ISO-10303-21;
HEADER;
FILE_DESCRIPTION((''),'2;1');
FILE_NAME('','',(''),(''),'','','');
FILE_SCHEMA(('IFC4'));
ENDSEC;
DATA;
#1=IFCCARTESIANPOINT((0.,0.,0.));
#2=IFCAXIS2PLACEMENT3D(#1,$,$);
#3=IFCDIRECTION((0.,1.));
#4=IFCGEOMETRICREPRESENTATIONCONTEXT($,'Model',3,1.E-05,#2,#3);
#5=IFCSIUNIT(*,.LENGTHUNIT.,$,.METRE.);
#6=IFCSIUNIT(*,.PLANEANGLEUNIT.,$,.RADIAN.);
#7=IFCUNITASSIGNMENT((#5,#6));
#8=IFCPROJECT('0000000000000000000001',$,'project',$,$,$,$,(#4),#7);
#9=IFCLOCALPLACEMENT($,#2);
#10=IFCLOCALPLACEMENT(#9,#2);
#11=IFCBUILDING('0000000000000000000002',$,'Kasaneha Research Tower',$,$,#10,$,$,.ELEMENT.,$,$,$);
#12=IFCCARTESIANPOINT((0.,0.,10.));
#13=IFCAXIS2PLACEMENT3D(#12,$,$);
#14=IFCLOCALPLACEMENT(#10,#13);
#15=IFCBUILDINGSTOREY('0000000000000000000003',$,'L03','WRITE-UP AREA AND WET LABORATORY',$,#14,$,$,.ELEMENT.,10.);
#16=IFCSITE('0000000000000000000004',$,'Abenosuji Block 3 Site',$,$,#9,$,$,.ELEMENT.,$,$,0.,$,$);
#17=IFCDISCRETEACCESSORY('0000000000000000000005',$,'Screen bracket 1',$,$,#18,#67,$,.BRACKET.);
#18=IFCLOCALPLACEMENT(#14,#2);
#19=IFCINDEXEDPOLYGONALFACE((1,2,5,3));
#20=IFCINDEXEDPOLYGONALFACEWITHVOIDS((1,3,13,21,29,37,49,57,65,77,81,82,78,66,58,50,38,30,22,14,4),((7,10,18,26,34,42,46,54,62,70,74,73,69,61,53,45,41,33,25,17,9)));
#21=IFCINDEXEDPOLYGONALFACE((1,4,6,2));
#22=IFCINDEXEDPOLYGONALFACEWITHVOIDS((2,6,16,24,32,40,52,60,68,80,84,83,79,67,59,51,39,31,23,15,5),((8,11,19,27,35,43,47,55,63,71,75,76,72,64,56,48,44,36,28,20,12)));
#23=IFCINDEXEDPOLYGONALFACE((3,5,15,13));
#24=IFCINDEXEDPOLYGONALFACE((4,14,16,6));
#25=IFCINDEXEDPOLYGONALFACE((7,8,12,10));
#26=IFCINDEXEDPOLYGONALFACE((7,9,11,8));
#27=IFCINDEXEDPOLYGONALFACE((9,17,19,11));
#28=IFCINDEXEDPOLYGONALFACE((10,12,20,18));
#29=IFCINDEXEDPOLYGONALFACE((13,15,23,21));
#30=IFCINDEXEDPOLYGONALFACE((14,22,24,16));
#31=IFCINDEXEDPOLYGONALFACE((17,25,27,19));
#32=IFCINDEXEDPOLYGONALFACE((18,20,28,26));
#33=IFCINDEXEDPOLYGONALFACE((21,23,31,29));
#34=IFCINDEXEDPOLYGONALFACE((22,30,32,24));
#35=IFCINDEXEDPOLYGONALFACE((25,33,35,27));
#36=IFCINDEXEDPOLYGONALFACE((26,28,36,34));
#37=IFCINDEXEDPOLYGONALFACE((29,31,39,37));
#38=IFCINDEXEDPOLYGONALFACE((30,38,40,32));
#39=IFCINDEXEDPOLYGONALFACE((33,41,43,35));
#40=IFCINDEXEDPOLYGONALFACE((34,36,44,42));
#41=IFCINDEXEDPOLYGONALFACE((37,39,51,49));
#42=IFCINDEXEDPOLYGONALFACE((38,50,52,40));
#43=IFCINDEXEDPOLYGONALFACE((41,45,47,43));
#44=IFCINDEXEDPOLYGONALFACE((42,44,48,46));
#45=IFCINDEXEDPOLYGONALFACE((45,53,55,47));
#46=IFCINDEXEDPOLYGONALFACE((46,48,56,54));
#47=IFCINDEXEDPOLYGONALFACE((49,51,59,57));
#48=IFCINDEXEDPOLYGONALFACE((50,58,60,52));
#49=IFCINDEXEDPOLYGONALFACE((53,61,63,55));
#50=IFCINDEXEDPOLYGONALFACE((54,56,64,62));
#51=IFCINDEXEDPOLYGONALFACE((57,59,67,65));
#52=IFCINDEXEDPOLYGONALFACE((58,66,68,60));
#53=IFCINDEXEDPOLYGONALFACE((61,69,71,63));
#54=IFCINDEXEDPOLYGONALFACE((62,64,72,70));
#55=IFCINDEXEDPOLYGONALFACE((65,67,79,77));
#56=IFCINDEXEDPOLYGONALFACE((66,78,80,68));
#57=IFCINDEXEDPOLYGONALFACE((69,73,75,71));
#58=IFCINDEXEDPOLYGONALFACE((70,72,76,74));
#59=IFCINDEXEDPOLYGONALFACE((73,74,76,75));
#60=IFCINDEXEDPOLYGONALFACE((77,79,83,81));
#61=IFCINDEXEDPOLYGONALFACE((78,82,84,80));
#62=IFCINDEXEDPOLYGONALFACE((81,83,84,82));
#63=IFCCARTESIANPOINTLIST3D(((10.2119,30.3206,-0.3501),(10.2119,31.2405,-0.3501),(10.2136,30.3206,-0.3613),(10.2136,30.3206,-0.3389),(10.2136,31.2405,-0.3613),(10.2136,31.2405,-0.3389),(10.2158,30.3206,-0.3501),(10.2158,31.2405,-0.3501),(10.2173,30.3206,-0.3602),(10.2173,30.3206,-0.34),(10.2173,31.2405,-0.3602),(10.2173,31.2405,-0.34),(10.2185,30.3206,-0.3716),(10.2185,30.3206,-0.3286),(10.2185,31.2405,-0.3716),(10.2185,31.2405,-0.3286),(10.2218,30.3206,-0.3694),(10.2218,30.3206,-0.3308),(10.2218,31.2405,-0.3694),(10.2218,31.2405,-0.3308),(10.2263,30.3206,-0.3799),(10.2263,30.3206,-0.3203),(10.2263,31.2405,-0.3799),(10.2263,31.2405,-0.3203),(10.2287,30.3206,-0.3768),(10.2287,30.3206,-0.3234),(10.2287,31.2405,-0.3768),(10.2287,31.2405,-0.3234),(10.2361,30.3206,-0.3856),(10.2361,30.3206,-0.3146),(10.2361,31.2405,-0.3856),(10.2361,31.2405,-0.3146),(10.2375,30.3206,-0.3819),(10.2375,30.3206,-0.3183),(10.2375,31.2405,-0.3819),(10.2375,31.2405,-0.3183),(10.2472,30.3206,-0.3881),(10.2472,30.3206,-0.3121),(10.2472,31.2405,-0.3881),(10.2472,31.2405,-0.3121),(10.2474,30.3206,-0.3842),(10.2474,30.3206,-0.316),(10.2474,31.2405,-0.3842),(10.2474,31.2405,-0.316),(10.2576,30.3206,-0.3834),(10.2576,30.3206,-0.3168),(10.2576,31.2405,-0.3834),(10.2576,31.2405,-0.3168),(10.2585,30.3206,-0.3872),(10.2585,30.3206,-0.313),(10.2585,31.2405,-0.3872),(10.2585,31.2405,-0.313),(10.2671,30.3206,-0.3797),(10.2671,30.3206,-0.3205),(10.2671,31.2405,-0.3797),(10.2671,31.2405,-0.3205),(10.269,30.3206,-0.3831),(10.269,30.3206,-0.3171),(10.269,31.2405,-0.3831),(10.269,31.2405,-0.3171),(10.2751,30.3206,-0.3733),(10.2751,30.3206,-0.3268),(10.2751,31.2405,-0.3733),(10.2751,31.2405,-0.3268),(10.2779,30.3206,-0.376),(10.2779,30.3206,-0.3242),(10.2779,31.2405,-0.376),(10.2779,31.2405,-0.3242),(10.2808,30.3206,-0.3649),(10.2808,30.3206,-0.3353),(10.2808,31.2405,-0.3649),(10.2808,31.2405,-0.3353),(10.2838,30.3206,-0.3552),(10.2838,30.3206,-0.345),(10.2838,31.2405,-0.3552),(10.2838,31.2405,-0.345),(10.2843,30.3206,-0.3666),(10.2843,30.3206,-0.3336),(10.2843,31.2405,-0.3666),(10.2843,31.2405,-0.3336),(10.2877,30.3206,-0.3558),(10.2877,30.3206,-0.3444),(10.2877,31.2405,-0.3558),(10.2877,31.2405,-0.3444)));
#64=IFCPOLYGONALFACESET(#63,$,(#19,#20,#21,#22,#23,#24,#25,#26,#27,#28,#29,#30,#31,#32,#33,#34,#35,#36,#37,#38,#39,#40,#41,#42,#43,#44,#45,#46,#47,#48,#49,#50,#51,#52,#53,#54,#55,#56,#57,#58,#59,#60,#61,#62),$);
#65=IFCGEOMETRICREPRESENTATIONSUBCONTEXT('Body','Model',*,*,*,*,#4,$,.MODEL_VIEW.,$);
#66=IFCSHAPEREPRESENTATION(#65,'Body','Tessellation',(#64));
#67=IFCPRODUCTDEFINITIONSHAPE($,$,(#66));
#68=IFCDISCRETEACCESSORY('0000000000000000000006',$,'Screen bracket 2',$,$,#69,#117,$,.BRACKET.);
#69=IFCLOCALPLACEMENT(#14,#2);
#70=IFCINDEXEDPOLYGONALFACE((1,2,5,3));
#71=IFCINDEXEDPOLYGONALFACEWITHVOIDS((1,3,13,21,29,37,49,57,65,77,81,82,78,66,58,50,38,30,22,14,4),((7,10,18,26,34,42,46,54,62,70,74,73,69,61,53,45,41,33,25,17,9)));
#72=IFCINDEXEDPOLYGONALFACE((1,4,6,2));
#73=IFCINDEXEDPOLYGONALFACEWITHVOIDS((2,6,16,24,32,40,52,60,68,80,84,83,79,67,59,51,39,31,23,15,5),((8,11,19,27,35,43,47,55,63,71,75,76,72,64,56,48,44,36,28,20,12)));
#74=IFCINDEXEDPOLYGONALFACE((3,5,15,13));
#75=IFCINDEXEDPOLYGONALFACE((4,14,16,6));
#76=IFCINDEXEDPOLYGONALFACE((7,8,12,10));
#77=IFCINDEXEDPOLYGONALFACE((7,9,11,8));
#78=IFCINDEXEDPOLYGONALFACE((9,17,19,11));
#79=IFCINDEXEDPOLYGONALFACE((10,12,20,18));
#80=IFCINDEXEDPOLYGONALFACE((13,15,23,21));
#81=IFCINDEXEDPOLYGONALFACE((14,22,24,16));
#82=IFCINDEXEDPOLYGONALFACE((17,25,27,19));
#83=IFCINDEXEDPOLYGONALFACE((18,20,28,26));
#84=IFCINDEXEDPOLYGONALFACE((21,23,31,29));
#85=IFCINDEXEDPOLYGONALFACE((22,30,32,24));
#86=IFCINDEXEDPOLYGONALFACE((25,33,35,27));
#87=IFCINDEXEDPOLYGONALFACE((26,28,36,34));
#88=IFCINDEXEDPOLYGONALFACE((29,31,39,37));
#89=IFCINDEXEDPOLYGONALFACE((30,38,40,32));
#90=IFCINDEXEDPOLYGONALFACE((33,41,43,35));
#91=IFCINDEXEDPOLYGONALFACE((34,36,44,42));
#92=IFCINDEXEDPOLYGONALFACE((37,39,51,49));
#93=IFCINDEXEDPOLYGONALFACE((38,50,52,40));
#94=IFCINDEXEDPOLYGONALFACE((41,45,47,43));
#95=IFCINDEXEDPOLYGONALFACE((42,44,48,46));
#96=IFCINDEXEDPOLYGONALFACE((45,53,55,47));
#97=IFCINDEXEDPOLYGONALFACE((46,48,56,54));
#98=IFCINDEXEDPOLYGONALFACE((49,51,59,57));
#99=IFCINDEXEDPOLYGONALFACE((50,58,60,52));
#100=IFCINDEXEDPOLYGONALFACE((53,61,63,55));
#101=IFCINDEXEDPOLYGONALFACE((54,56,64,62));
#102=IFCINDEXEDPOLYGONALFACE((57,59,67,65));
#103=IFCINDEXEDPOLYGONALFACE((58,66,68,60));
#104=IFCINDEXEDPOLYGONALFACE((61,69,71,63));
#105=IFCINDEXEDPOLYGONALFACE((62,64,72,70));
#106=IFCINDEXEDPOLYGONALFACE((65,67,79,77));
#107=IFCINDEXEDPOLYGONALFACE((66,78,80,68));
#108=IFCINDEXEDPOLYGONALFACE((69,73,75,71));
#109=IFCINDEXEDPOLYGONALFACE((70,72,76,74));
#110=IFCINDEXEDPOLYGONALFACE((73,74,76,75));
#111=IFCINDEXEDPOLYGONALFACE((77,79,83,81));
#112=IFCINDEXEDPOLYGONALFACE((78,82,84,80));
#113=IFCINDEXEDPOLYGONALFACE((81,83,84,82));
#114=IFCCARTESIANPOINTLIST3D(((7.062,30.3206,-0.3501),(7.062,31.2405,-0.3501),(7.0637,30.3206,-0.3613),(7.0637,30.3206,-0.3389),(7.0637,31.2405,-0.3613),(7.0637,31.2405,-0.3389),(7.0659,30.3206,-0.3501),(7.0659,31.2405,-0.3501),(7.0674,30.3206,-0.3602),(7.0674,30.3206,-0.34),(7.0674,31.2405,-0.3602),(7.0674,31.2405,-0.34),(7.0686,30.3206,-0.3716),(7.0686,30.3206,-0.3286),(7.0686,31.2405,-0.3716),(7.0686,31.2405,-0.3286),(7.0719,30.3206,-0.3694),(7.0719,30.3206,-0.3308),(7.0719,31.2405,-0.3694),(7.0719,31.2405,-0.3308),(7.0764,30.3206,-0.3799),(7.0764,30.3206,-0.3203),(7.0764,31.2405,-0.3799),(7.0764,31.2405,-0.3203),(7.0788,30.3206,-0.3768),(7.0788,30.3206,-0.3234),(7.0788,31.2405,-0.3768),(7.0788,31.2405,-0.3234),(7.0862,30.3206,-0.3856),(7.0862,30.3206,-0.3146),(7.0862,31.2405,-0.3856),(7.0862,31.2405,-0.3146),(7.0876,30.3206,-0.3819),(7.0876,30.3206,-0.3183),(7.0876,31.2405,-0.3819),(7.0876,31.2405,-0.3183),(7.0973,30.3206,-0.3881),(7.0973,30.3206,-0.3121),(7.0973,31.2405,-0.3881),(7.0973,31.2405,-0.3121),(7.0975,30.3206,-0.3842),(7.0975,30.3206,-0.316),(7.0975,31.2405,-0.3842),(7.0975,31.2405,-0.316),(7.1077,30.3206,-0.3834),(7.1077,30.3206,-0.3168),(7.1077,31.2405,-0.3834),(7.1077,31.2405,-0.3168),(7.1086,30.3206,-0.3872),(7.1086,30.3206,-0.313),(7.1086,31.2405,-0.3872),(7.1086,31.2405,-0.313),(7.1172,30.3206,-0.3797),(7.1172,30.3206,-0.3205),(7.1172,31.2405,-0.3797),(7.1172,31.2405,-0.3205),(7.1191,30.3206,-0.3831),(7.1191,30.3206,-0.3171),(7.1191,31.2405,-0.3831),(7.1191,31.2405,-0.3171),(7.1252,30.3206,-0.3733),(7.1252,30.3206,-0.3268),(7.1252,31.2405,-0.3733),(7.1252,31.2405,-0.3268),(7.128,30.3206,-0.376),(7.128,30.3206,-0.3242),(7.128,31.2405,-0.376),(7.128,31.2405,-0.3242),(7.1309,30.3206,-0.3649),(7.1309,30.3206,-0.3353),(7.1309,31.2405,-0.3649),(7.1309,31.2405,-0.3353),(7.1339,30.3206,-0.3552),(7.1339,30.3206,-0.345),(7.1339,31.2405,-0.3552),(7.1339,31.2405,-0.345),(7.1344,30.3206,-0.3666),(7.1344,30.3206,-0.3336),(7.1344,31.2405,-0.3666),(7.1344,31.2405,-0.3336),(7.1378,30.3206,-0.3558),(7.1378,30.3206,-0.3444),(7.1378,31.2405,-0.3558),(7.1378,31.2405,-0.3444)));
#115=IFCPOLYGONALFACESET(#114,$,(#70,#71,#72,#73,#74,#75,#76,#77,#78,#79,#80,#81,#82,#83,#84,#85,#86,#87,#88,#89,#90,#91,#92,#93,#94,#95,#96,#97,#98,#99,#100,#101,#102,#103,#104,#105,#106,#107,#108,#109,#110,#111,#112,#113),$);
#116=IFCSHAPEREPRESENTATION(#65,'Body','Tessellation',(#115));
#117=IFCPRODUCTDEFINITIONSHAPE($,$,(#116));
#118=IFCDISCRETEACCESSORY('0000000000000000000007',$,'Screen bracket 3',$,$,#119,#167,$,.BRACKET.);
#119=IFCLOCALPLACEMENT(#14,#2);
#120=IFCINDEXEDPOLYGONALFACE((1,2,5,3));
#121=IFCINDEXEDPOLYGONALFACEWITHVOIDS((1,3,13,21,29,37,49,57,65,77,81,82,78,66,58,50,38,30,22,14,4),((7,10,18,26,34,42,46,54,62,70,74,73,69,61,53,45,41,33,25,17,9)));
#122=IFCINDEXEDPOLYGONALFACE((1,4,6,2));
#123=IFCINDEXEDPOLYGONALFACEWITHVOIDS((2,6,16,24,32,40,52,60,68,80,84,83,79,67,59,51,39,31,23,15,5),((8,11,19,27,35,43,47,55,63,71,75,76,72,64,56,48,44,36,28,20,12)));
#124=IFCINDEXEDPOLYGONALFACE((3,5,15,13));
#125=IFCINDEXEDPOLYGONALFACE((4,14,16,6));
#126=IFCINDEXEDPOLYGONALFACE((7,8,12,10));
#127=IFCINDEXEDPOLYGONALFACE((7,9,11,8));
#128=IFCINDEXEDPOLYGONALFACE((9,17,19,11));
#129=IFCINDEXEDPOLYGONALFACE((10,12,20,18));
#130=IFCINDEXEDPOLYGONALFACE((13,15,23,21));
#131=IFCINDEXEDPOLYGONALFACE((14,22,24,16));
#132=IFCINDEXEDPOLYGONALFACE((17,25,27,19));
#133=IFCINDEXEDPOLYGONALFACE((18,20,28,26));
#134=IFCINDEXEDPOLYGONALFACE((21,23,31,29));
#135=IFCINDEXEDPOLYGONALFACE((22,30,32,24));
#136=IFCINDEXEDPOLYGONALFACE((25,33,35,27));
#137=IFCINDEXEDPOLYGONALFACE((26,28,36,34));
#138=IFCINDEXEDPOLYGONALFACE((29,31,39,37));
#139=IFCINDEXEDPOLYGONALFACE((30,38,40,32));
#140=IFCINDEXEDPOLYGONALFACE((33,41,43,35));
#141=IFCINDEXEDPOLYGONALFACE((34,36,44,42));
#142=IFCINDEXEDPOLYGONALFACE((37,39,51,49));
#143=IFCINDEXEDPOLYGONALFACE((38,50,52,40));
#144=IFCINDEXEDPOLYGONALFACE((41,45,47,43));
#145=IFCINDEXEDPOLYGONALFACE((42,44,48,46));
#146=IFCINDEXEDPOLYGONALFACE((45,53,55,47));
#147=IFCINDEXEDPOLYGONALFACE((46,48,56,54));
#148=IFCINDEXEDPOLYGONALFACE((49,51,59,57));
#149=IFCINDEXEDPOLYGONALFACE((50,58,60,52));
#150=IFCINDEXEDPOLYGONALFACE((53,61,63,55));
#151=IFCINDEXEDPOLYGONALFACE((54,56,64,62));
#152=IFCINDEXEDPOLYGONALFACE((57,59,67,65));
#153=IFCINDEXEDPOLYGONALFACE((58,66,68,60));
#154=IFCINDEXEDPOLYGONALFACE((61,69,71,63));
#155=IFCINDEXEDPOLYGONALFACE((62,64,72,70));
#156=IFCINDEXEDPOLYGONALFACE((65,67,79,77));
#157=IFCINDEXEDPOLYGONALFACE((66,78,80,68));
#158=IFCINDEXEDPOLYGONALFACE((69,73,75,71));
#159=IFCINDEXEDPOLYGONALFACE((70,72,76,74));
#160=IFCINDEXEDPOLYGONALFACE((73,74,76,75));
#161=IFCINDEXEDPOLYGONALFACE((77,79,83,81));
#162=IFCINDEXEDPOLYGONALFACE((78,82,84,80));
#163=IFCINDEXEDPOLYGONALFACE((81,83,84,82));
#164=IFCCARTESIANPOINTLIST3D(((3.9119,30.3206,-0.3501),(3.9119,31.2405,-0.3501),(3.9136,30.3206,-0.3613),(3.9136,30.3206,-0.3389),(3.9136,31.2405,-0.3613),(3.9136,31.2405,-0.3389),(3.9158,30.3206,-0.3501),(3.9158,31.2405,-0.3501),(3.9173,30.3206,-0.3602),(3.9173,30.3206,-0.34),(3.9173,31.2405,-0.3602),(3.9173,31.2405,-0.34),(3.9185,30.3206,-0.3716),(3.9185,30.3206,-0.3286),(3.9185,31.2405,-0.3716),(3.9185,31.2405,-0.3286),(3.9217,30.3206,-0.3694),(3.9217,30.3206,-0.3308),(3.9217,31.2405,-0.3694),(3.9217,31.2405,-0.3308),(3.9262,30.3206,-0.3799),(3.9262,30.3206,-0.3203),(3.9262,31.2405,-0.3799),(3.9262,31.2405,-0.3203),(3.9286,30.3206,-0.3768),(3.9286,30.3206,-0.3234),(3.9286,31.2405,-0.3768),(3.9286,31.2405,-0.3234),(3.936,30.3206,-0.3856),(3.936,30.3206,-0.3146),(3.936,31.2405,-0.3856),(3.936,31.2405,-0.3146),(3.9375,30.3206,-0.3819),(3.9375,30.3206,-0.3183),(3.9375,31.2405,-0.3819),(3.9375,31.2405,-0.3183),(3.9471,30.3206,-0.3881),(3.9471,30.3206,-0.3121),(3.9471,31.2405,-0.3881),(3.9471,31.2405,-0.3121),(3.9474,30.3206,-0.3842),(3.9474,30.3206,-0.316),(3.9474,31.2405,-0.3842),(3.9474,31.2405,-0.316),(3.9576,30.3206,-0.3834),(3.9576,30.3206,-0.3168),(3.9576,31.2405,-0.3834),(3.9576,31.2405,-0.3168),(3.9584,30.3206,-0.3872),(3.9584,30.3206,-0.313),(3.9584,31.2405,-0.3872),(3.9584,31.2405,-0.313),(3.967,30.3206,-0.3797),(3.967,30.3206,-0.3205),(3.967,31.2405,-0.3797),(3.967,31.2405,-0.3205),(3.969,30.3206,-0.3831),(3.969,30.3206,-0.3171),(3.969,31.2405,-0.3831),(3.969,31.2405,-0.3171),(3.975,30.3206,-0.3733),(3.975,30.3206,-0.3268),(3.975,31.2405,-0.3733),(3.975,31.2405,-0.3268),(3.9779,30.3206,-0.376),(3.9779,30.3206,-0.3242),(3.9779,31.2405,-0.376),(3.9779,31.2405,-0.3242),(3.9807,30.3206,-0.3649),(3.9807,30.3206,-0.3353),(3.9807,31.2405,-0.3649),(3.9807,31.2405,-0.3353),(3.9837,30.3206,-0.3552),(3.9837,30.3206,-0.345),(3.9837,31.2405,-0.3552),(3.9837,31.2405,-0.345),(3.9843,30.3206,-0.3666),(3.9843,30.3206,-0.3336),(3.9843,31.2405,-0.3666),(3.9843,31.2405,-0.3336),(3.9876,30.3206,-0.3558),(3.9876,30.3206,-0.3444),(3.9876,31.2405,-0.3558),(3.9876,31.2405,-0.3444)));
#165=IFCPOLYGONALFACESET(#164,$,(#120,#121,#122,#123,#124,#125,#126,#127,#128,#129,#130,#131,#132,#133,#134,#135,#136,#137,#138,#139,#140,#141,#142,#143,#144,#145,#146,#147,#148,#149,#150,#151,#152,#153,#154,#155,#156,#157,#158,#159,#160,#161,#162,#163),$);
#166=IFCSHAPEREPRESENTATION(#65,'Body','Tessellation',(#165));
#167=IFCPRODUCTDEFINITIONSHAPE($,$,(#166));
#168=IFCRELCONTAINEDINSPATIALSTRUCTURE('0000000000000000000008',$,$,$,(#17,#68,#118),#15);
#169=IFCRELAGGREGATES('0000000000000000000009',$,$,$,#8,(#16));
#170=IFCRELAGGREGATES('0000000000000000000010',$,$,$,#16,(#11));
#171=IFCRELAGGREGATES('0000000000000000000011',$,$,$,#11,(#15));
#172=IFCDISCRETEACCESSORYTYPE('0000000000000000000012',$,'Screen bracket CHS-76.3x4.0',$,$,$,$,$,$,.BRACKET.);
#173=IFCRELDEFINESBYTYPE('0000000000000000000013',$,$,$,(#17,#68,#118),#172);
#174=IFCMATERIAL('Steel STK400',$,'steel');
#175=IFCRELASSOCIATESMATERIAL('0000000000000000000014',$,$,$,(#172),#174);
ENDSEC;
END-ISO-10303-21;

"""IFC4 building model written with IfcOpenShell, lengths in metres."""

from ifc_helpers import new_model, si_unit, direction, frame, origin, origin_2d, place, context, subcontext, project, spatial, hollow_circle, extrude, material, material_profile, profile_set, type_object, element, save


model = new_model("IFC4")

# Units and contexts
model_context = context("Model", 3, precision=1e-05, world=origin(), true_north=direction((0.0, 1.0)))
body_context = subcontext(model_context, "Body", "Model", "MODEL_VIEW")
ifc_project = project(units=[si_unit("LENGTHUNIT", "METRE"), si_unit("PLANEANGLEUNIT", "RADIAN")], contexts=[model_context])

# Site, building, storey
site_placement = place(None, origin())
site = spatial("IfcSite", under=ifc_project, at=site_placement, Name="Abenosuji Block 3 Site", CompositionType="ELEMENT", RefElevation=0.0)
building_placement = place(site_placement, origin())
building = spatial("IfcBuilding", under=site, at=building_placement, Name="Kasaneha Research Tower", CompositionType="ELEMENT")
storey_placement = place(building_placement, frame((0.0, 0.0, 10.0)))
storey = spatial("IfcBuildingStorey", under=building, at=storey_placement, Name="L03", Description="WRITE-UP AREA AND WET LABORATORY", CompositionType="ELEMENT", Elevation=10.0)

# Discrete accessories
ifc_material_1 = material(Name="Steel STK400", Category="steel")
ifc_material_profile_1 = material_profile(ifc_material_1, hollow_circle(Radius=0.0381, WallThickness=0.0039, at=origin_2d()), Name="CHS-76.3x4.0")
ifc_profile_set_1 = profile_set([ifc_material_profile_1], Name="Steel STK400")
discrete_accessory_type = type_object("IfcDiscreteAccessoryType", Name="Screen bracket CHS-76.3x4.0", PredefinedType="BRACKET", material=ifc_profile_set_1)
for number, where, z_axis, x_axis, name in (
    (1, (10.25, 30.3206, -0.3501), (0.0, 1.0, 0.0), (-1.0, 0.0, 0.0), "Screen bracket 1"),
    (2, (7.1001, 30.3206, -0.3501), (0.0, 1.0, 0.0), (-1.0, 0.0, 0.0), "Screen bracket 2"),
    (3, (3.95, 30.3206, -0.3501), (0.0, 1.0, 0.0), (-1.0, 0.0, 0.0), "Screen bracket 3"),
):
    element("IfcDiscreteAccessory", number, at=place(storey_placement, frame(where, z_axis=z_axis, x_axis=x_axis)), inside=storey, type_object=discrete_accessory_type, Name=name, PredefinedType="BRACKET", context=body_context, shape_type="SweptSolid", body=[
        extrude(hollow_circle(Radius=0.0381, WallThickness=0.0039, at=origin_2d()), origin(), (0.0, 0.0, 1.0), 0.9199),
    ])

save(model, "model.ifc")
